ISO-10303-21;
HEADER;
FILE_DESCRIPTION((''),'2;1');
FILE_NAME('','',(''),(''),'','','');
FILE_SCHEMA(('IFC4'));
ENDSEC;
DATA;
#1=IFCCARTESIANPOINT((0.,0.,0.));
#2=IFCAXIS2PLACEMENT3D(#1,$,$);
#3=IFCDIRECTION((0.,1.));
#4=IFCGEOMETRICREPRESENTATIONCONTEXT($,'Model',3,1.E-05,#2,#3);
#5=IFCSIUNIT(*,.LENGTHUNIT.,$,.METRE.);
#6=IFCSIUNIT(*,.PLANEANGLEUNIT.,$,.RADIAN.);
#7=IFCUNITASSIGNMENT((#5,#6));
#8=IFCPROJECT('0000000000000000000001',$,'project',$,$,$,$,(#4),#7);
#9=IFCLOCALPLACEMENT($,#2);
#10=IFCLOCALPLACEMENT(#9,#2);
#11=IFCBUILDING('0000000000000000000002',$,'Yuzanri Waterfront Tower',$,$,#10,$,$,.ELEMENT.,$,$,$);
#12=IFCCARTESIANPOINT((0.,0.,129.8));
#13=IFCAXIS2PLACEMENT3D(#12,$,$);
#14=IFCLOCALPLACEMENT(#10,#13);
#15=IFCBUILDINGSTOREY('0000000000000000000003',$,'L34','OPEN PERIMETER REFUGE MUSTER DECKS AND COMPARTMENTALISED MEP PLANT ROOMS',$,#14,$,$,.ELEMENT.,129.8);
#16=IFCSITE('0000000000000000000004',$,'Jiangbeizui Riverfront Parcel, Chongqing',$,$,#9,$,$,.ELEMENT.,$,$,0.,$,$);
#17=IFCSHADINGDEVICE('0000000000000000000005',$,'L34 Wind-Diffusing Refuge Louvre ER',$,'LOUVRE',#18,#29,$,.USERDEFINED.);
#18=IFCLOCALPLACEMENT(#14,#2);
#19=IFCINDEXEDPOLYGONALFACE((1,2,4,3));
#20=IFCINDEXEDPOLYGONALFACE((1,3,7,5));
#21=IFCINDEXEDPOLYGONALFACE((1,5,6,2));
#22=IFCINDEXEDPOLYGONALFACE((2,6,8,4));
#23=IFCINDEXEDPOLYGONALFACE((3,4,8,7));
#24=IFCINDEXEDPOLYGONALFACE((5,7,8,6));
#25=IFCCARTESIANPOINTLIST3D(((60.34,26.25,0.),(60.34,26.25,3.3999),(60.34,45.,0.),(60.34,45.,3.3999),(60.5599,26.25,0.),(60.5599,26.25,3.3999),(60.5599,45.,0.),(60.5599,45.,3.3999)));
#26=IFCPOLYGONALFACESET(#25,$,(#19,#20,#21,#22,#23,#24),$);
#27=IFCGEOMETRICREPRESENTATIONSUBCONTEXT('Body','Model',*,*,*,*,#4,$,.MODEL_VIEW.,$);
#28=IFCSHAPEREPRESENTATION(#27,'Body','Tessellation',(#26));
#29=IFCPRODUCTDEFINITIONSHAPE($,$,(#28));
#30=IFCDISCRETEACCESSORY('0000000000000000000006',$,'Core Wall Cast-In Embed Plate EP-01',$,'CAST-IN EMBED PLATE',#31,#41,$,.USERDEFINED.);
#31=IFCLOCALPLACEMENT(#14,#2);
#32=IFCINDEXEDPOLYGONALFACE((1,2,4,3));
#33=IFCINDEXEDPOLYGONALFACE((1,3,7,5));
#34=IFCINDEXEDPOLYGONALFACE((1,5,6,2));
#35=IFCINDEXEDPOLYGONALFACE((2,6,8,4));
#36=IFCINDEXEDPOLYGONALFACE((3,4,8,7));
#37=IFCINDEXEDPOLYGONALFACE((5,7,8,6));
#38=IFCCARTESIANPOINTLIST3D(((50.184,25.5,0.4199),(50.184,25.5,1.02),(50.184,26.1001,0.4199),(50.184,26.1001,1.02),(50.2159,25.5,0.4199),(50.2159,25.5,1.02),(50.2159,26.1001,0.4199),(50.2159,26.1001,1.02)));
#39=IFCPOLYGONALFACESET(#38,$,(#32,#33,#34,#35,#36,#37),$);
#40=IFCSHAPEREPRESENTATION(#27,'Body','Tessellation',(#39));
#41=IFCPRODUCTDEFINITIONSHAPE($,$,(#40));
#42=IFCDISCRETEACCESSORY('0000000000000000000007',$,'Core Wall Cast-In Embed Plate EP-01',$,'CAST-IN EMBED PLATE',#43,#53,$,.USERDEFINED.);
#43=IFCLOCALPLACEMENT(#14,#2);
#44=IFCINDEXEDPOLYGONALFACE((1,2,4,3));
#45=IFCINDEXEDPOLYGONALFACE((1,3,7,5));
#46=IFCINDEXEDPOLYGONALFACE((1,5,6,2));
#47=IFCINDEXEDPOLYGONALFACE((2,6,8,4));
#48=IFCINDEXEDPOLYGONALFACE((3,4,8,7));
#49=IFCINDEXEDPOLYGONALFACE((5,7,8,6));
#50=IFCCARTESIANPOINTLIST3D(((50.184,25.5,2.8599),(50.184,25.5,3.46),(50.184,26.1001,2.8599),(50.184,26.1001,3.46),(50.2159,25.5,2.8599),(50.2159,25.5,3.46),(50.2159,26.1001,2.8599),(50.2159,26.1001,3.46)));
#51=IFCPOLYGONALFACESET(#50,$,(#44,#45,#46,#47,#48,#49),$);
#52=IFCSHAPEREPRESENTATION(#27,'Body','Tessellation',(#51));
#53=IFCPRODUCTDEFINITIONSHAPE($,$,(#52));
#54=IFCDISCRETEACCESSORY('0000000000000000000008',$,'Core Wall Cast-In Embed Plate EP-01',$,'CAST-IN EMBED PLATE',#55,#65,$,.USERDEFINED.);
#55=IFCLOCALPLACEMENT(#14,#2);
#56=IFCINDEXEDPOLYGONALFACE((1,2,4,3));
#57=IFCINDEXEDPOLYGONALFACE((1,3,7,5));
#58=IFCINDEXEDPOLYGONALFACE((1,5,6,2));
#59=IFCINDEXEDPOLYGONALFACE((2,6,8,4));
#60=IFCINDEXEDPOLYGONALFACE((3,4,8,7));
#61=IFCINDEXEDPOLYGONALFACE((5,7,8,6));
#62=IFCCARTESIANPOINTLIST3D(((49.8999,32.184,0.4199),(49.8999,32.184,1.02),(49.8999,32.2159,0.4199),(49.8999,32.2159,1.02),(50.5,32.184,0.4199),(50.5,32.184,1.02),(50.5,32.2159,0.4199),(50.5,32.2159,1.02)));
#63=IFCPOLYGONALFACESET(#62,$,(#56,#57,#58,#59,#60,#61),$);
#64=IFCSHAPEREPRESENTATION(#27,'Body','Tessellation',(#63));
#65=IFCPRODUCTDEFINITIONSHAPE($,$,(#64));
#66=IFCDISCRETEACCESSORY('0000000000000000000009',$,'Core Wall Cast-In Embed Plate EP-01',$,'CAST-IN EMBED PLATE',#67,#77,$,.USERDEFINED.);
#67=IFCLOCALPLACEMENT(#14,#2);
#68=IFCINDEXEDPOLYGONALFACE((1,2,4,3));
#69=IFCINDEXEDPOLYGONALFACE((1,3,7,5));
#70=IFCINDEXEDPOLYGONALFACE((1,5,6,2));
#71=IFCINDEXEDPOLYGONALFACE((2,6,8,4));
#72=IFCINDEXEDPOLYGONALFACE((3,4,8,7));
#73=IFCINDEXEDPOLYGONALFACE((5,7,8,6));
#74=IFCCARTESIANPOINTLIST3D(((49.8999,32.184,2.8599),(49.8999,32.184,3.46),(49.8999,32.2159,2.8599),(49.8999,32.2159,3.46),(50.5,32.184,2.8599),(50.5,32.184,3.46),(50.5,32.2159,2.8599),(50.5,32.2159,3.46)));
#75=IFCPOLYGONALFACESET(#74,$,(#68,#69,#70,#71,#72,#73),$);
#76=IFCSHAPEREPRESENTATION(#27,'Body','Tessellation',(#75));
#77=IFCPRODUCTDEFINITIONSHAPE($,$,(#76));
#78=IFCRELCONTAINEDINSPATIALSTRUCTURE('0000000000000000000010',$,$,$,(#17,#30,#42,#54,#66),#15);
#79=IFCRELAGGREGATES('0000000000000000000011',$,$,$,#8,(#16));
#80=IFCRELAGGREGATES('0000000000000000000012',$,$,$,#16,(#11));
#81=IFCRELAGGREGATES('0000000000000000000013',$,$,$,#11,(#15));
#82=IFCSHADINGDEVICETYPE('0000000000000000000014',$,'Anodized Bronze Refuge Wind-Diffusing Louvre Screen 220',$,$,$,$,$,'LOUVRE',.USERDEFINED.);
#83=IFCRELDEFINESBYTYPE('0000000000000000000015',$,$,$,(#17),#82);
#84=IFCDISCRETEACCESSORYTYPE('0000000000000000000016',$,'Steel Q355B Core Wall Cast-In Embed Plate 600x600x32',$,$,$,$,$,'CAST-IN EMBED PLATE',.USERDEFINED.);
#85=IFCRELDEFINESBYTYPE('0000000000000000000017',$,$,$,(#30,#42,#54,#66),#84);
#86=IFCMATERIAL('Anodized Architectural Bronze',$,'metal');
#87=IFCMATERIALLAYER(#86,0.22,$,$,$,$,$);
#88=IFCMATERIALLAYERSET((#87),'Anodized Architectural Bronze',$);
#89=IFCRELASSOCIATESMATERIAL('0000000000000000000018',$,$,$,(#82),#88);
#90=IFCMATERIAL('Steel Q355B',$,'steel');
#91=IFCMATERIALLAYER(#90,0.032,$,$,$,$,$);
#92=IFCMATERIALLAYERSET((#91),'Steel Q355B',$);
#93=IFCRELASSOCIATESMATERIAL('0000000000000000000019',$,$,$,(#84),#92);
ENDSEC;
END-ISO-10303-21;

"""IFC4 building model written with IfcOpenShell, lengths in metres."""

from ifc_helpers import new_model, si_unit, direction, frame, origin, origin_2d, place, context, subcontext, project, spatial, rectangle, extrude, source, transform, mapped, material, layer, layer_set, type_object, element, save


model = new_model("IFC4")

# Units and contexts
model_context = context("Model", 3, precision=1e-05, world=origin(), true_north=direction((0.0, 1.0)))
body_context = subcontext(model_context, "Body", "Model", "MODEL_VIEW")
ifc_project = project(units=[si_unit("LENGTHUNIT", "METRE"), si_unit("PLANEANGLEUNIT", "RADIAN")], contexts=[model_context])

# Site, building, storey
site_placement = place(None, origin())
site = spatial("IfcSite", under=ifc_project, at=site_placement, Name="Jiangbeizui Riverfront Parcel, Chongqing", CompositionType="ELEMENT", RefElevation=0.0)
building_placement = place(site_placement, origin())
building = spatial("IfcBuilding", under=site, at=building_placement, Name="Yuzanri Waterfront Tower", CompositionType="ELEMENT")
storey_placement = place(building_placement, frame((0.0, 0.0, 129.8)))
storey = spatial("IfcBuildingStorey", under=building, at=storey_placement, Name="L34", Description="OPEN PERIMETER REFUGE MUSTER DECKS AND COMPARTMENTALISED MEP PLANT ROOMS", CompositionType="ELEMENT", Elevation=129.8)

# Shading device
ifc_material_1 = material(Name="Anodized Architectural Bronze", Category="metal")
ifc_layer_1 = layer(ifc_material_1, 0.22)
ifc_layer_set_1 = layer_set([ifc_layer_1], Name="Anodized Architectural Bronze")
shading_device_type = type_object("IfcShadingDeviceType", Name="Anodized Bronze Refuge Wind-Diffusing Louvre Screen 220", ElementType="LOUVRE", PredefinedType="USERDEFINED", material=ifc_layer_set_1)
shared_shape_1 = source(origin(), body_context, "Body", "SweptSolid", [
    extrude(rectangle(XDim=0.22, YDim=18.75, at=origin_2d()), origin(), (0.0, 0.0, 1.0), 3.3999),
])
shading_device_placement = place(storey_placement, frame((60.45, 35.625, 0.0), z_axis=(0.0, 0.0, 1.0), x_axis=(1.0, 0.0, 0.0)))
element("IfcShadingDevice", 1, at=shading_device_placement, inside=storey, type_object=shading_device_type, Name="L34 Wind-Diffusing Refuge Louvre ER", ObjectType="LOUVRE", PredefinedType="USERDEFINED", context=body_context, shape_type="MappedRepresentation", body=[
    mapped(shared_shape_1, transform((0.0, 0.0, 0.0), scale=1.0)),
])

# Discrete accessories
ifc_material_2 = material(Name="Steel Q355B", Category="steel")
ifc_layer_2 = layer(ifc_material_2, 0.032)
ifc_layer_set_2 = layer_set([ifc_layer_2], Name="Steel Q355B")
discrete_accessory_type = type_object("IfcDiscreteAccessoryType", Name="Steel Q355B Core Wall Cast-In Embed Plate 600x600x32", ElementType="CAST-IN EMBED PLATE", PredefinedType="USERDEFINED", material=ifc_layer_set_2)
shared_shape_2 = source(origin(), body_context, "Body", "SweptSolid", [
    extrude(rectangle(XDim=0.6001, YDim=0.032, at=origin_2d()), origin(), (0.0, 0.0, 1.0), 0.6001),
])
for number, where, z_axis, x_axis, name in (
    (2, (50.2, 25.8, 0.4199), (0.0, 0.0, 1.0), (0.0, 1.0, 0.0), "Core Wall Cast-In Embed Plate EP-01"),
    (3, (50.2, 25.8, 2.8599), (0.0, 0.0, 1.0), (0.0, 1.0, 0.0), "Core Wall Cast-In Embed Plate EP-01"),
    (4, (50.2, 32.2, 0.4199), (0.0, 0.0, 1.0), (1.0, 0.0, 0.0), "Core Wall Cast-In Embed Plate EP-01"),
    (5, (50.2, 32.2, 2.8599), (0.0, 0.0, 1.0), (1.0, 0.0, 0.0), "Core Wall Cast-In Embed Plate EP-01"),
):
    element("IfcDiscreteAccessory", number, at=place(storey_placement, frame(where, z_axis=z_axis, x_axis=x_axis)), inside=storey, type_object=discrete_accessory_type, Name=name, ObjectType="CAST-IN EMBED PLATE", PredefinedType="USERDEFINED", context=body_context, shape_type="MappedRepresentation", body=[
        mapped(shared_shape_2, transform((0.0, 0.0, 0.0), scale=1.0)),
    ])

save(model, "model.ifc")
